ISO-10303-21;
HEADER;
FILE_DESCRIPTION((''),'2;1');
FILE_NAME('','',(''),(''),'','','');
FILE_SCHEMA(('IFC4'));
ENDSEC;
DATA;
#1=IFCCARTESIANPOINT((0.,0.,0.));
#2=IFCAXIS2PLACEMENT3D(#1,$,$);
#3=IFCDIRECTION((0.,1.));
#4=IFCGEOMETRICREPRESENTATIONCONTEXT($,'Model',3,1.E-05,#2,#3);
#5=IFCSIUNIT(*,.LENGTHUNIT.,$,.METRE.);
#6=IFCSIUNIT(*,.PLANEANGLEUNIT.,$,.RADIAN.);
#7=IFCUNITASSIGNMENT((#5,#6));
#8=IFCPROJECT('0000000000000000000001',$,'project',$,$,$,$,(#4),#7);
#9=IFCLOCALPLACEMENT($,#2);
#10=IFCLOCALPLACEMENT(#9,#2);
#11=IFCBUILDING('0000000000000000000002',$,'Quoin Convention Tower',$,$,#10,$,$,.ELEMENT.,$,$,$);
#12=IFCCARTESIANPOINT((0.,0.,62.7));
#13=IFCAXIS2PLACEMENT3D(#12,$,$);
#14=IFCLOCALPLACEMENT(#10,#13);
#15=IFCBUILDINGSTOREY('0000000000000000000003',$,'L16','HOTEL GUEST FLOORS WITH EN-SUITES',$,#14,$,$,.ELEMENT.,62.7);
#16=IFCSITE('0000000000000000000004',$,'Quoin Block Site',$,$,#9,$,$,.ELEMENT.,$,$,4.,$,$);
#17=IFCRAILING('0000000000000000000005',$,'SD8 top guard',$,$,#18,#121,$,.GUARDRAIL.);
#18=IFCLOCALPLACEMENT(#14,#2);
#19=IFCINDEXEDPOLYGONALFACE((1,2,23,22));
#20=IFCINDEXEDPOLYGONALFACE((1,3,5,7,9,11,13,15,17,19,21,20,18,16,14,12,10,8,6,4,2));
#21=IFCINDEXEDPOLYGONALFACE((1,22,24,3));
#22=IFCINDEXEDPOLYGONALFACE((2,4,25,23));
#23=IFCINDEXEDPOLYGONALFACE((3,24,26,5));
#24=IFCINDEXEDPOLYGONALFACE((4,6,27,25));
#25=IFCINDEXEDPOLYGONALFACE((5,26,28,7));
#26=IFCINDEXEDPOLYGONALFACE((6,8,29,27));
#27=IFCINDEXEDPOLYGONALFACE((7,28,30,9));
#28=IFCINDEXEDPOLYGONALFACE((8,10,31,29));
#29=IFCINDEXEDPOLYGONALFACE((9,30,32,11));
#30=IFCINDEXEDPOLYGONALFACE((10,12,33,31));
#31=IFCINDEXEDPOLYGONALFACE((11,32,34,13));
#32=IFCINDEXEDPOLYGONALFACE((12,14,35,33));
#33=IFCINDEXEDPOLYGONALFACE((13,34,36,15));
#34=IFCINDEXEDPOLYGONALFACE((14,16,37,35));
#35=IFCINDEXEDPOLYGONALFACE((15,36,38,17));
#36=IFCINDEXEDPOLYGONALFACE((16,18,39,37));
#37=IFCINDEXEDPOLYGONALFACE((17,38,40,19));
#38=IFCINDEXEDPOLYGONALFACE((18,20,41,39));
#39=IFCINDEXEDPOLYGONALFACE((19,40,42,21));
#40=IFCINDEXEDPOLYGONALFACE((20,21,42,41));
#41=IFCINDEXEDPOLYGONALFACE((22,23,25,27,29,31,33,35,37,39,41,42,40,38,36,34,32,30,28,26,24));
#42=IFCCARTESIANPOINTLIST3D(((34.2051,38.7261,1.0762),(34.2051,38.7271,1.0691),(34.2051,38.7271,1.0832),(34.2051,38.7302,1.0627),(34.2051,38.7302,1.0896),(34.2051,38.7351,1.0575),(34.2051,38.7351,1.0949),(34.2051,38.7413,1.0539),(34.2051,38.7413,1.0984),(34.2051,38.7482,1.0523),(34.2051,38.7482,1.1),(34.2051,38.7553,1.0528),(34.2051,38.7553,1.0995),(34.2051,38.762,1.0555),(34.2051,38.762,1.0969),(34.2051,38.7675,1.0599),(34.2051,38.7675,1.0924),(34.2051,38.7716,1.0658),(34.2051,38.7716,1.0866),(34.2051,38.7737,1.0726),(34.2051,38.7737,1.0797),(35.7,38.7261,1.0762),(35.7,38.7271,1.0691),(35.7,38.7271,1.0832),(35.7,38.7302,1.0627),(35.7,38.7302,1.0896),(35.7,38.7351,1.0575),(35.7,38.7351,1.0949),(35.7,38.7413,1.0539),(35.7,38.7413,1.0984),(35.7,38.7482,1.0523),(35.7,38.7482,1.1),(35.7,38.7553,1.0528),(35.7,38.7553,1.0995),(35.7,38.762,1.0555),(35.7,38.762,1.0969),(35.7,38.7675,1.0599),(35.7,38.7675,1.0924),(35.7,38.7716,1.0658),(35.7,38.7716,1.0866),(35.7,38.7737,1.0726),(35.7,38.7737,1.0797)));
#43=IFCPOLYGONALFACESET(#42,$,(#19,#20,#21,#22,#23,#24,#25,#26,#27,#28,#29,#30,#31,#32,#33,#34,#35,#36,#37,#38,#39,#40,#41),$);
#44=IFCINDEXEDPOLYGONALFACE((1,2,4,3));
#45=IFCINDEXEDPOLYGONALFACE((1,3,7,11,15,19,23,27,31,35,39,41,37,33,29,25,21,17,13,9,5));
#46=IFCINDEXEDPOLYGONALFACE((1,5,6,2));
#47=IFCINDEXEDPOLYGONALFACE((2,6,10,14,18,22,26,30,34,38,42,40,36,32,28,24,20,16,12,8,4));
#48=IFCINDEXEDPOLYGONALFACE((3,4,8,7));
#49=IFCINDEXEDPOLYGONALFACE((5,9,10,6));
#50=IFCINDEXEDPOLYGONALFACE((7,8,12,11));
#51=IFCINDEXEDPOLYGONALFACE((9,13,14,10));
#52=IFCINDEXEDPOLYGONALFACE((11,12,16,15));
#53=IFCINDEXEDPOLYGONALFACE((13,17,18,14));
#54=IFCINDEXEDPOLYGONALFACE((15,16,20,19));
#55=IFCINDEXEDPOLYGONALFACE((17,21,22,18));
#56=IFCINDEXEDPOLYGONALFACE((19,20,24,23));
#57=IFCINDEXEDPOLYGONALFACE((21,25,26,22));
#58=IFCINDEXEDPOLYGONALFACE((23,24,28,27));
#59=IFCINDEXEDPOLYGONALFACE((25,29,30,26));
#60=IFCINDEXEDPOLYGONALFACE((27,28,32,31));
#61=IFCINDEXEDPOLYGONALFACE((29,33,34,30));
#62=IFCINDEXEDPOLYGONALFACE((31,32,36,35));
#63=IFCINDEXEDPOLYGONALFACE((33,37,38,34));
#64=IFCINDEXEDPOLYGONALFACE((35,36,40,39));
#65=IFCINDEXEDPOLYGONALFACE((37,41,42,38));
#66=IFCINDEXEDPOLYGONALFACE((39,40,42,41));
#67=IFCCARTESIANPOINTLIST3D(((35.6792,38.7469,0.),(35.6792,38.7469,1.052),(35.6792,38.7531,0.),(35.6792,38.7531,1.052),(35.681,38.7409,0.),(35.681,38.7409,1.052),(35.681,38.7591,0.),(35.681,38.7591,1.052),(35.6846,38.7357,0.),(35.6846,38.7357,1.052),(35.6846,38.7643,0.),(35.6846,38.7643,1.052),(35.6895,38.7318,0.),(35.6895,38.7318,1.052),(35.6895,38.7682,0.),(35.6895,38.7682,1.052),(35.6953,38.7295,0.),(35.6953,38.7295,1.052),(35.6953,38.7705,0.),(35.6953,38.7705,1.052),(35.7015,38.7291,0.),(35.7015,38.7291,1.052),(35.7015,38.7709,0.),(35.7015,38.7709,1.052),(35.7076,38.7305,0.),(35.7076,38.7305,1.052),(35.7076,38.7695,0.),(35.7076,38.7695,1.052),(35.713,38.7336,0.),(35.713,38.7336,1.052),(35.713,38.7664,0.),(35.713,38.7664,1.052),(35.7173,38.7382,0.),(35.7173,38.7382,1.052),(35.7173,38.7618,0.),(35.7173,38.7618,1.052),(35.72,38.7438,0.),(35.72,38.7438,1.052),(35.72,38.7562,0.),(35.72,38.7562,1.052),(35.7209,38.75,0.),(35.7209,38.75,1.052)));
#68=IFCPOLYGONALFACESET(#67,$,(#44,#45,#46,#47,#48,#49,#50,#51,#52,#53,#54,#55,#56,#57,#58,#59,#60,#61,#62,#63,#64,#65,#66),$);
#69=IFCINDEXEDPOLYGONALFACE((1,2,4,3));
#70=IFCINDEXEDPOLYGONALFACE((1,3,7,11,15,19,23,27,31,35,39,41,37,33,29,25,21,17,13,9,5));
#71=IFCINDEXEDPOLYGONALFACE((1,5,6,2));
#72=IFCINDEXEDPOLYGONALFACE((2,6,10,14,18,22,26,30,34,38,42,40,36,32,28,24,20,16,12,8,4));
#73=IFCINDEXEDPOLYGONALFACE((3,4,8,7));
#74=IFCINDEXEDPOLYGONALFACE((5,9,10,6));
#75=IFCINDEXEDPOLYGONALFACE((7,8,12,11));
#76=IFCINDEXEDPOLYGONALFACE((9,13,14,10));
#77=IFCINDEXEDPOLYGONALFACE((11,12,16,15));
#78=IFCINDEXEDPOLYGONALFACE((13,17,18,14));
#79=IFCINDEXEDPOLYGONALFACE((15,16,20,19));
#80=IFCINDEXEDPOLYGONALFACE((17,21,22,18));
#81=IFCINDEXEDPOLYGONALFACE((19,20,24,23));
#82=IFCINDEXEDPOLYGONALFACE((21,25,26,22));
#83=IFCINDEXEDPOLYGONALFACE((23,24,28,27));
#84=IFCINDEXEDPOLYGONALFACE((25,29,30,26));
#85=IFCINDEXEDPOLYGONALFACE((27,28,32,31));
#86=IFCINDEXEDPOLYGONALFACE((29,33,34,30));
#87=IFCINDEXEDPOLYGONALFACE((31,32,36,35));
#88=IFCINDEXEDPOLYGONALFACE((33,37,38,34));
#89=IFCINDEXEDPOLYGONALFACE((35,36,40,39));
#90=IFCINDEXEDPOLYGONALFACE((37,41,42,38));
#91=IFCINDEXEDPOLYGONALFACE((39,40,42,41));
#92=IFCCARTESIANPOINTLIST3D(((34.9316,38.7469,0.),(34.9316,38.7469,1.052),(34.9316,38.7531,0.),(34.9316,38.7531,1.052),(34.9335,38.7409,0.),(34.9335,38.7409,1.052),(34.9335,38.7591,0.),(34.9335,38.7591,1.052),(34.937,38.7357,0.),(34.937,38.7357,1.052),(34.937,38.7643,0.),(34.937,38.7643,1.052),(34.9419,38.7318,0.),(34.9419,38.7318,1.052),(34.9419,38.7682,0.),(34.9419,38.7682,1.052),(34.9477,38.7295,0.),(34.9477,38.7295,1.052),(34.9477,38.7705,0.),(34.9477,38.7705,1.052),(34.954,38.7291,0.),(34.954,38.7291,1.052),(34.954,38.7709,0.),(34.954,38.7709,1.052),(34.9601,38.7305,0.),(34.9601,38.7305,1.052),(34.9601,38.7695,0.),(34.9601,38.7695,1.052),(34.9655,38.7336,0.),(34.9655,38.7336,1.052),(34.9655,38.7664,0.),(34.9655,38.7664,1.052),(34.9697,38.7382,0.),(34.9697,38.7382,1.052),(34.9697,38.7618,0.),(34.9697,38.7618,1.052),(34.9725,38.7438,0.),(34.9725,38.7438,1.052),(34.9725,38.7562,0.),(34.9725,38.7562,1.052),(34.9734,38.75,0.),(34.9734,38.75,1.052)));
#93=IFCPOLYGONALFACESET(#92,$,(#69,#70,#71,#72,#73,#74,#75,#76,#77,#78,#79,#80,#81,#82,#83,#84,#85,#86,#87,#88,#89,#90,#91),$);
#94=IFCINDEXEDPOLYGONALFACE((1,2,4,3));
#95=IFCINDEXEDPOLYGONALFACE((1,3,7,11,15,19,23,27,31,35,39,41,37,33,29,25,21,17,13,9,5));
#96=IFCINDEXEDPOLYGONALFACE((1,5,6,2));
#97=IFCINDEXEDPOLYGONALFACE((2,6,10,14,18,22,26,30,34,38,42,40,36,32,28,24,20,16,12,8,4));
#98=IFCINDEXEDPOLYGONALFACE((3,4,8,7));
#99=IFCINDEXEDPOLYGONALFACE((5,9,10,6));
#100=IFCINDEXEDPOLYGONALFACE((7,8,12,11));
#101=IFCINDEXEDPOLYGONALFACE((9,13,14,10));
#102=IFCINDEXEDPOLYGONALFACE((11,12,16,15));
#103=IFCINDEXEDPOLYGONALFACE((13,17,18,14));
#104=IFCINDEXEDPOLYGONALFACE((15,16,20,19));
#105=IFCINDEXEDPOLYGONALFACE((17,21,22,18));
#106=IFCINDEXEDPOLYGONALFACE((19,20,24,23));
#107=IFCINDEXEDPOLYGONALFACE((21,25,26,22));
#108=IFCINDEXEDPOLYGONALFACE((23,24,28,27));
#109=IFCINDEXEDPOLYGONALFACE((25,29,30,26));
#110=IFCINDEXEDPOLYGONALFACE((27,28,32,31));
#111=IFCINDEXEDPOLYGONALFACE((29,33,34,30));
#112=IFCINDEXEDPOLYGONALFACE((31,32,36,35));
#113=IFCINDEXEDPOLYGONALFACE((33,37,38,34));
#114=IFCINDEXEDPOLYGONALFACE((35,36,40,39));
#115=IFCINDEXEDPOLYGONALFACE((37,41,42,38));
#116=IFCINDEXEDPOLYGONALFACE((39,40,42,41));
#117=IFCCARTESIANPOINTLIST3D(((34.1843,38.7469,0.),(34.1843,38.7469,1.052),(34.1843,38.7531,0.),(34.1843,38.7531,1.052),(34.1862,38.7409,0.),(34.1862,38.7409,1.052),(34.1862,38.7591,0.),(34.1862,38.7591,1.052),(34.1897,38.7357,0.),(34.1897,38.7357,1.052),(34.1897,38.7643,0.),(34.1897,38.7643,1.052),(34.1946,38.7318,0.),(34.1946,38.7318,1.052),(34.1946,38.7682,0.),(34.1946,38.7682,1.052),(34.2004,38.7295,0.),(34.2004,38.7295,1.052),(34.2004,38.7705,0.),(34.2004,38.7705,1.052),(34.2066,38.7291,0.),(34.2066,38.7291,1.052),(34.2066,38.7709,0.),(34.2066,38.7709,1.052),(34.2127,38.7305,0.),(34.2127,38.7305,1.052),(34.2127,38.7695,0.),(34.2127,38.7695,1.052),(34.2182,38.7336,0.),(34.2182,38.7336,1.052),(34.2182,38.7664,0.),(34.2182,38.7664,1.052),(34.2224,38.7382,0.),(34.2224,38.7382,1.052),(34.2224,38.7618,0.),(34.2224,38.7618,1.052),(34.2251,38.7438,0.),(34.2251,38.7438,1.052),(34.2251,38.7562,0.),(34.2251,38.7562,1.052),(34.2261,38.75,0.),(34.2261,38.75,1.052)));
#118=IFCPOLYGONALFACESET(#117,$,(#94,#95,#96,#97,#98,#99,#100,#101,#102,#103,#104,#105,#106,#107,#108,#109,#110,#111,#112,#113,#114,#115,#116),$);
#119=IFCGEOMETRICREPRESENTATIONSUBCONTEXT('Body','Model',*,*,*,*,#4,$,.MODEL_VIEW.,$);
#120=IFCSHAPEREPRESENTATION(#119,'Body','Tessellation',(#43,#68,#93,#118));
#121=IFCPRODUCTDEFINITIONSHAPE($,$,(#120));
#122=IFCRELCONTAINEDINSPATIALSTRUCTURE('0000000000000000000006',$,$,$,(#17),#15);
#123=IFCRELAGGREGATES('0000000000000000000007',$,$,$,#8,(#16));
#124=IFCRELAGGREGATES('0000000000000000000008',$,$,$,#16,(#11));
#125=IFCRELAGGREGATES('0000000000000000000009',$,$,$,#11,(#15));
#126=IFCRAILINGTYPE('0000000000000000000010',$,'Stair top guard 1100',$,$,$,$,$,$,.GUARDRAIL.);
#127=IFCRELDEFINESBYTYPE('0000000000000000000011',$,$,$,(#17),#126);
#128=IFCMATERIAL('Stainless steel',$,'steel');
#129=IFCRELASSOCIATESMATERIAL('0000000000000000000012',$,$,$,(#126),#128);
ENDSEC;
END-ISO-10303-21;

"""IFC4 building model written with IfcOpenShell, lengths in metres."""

from ifc_helpers import new_model, si_unit, direction, frame, origin, origin_2d, place, context, subcontext, project, spatial, circle, extrude, material, type_object, element, save


model = new_model("IFC4")

# Units and contexts
model_context = context("Model", 3, precision=1e-05, world=origin(), true_north=direction((0.0, 1.0)))
body_context = subcontext(model_context, "Body", "Model", "MODEL_VIEW")
ifc_project = project(units=[si_unit("LENGTHUNIT", "METRE"), si_unit("PLANEANGLEUNIT", "RADIAN")], contexts=[model_context])

# Site, building, storey
site_placement = place(None, origin())
site = spatial("IfcSite", under=ifc_project, at=site_placement, Name="Quoin Block Site", CompositionType="ELEMENT", RefElevation=4.0)
building_placement = place(site_placement, origin())
building = spatial("IfcBuilding", under=site, at=building_placement, Name="Quoin Convention Tower", CompositionType="ELEMENT")
storey_placement = place(building_placement, frame((0.0, 0.0, 62.7)))
storey = spatial("IfcBuildingStorey", under=building, at=storey_placement, Name="L16", Description="HOTEL GUEST FLOORS WITH EN-SUITES", CompositionType="ELEMENT", Elevation=62.7)

# Railing
ifc_material_1 = material(Name="Stainless steel", Category="steel")
railing_type_1 = type_object("IfcRailingType", Name="Stair top guard 1100", PredefinedType="GUARDRAIL", material=ifc_material_1)
railing_1_placement = place(storey_placement, frame((35.7, 38.75, 0.0)))
element("IfcRailing", 1, at=railing_1_placement, inside=storey, type_object=railing_type_1, Name="SD8 top guard", PredefinedType="GUARDRAIL", context=body_context, shape_type="SweptSolid", body=[
    extrude(circle(Radius=0.0239, at=origin_2d()), frame((0.0, 0.0, 1.0762), z_axis=(-1.0, 0.0, 0.0), x_axis=(0.0, -1.0, 0.0)), (0.0, 0.0, 1.0), 1.4949),
    extrude(circle(Radius=0.021, at=origin_2d()), origin(), (0.0, 0.0, 1.0), 1.052),
    extrude(circle(Radius=0.021, at=origin_2d()), frame((-0.7476, 0.0, 0.0)), (0.0, 0.0, 1.0), 1.052),
    extrude(circle(Radius=0.021, at=origin_2d()), frame((-1.4949, 0.0, 0.0)), (0.0, 0.0, 1.0), 1.052),
])

save(model, "model.ifc")
